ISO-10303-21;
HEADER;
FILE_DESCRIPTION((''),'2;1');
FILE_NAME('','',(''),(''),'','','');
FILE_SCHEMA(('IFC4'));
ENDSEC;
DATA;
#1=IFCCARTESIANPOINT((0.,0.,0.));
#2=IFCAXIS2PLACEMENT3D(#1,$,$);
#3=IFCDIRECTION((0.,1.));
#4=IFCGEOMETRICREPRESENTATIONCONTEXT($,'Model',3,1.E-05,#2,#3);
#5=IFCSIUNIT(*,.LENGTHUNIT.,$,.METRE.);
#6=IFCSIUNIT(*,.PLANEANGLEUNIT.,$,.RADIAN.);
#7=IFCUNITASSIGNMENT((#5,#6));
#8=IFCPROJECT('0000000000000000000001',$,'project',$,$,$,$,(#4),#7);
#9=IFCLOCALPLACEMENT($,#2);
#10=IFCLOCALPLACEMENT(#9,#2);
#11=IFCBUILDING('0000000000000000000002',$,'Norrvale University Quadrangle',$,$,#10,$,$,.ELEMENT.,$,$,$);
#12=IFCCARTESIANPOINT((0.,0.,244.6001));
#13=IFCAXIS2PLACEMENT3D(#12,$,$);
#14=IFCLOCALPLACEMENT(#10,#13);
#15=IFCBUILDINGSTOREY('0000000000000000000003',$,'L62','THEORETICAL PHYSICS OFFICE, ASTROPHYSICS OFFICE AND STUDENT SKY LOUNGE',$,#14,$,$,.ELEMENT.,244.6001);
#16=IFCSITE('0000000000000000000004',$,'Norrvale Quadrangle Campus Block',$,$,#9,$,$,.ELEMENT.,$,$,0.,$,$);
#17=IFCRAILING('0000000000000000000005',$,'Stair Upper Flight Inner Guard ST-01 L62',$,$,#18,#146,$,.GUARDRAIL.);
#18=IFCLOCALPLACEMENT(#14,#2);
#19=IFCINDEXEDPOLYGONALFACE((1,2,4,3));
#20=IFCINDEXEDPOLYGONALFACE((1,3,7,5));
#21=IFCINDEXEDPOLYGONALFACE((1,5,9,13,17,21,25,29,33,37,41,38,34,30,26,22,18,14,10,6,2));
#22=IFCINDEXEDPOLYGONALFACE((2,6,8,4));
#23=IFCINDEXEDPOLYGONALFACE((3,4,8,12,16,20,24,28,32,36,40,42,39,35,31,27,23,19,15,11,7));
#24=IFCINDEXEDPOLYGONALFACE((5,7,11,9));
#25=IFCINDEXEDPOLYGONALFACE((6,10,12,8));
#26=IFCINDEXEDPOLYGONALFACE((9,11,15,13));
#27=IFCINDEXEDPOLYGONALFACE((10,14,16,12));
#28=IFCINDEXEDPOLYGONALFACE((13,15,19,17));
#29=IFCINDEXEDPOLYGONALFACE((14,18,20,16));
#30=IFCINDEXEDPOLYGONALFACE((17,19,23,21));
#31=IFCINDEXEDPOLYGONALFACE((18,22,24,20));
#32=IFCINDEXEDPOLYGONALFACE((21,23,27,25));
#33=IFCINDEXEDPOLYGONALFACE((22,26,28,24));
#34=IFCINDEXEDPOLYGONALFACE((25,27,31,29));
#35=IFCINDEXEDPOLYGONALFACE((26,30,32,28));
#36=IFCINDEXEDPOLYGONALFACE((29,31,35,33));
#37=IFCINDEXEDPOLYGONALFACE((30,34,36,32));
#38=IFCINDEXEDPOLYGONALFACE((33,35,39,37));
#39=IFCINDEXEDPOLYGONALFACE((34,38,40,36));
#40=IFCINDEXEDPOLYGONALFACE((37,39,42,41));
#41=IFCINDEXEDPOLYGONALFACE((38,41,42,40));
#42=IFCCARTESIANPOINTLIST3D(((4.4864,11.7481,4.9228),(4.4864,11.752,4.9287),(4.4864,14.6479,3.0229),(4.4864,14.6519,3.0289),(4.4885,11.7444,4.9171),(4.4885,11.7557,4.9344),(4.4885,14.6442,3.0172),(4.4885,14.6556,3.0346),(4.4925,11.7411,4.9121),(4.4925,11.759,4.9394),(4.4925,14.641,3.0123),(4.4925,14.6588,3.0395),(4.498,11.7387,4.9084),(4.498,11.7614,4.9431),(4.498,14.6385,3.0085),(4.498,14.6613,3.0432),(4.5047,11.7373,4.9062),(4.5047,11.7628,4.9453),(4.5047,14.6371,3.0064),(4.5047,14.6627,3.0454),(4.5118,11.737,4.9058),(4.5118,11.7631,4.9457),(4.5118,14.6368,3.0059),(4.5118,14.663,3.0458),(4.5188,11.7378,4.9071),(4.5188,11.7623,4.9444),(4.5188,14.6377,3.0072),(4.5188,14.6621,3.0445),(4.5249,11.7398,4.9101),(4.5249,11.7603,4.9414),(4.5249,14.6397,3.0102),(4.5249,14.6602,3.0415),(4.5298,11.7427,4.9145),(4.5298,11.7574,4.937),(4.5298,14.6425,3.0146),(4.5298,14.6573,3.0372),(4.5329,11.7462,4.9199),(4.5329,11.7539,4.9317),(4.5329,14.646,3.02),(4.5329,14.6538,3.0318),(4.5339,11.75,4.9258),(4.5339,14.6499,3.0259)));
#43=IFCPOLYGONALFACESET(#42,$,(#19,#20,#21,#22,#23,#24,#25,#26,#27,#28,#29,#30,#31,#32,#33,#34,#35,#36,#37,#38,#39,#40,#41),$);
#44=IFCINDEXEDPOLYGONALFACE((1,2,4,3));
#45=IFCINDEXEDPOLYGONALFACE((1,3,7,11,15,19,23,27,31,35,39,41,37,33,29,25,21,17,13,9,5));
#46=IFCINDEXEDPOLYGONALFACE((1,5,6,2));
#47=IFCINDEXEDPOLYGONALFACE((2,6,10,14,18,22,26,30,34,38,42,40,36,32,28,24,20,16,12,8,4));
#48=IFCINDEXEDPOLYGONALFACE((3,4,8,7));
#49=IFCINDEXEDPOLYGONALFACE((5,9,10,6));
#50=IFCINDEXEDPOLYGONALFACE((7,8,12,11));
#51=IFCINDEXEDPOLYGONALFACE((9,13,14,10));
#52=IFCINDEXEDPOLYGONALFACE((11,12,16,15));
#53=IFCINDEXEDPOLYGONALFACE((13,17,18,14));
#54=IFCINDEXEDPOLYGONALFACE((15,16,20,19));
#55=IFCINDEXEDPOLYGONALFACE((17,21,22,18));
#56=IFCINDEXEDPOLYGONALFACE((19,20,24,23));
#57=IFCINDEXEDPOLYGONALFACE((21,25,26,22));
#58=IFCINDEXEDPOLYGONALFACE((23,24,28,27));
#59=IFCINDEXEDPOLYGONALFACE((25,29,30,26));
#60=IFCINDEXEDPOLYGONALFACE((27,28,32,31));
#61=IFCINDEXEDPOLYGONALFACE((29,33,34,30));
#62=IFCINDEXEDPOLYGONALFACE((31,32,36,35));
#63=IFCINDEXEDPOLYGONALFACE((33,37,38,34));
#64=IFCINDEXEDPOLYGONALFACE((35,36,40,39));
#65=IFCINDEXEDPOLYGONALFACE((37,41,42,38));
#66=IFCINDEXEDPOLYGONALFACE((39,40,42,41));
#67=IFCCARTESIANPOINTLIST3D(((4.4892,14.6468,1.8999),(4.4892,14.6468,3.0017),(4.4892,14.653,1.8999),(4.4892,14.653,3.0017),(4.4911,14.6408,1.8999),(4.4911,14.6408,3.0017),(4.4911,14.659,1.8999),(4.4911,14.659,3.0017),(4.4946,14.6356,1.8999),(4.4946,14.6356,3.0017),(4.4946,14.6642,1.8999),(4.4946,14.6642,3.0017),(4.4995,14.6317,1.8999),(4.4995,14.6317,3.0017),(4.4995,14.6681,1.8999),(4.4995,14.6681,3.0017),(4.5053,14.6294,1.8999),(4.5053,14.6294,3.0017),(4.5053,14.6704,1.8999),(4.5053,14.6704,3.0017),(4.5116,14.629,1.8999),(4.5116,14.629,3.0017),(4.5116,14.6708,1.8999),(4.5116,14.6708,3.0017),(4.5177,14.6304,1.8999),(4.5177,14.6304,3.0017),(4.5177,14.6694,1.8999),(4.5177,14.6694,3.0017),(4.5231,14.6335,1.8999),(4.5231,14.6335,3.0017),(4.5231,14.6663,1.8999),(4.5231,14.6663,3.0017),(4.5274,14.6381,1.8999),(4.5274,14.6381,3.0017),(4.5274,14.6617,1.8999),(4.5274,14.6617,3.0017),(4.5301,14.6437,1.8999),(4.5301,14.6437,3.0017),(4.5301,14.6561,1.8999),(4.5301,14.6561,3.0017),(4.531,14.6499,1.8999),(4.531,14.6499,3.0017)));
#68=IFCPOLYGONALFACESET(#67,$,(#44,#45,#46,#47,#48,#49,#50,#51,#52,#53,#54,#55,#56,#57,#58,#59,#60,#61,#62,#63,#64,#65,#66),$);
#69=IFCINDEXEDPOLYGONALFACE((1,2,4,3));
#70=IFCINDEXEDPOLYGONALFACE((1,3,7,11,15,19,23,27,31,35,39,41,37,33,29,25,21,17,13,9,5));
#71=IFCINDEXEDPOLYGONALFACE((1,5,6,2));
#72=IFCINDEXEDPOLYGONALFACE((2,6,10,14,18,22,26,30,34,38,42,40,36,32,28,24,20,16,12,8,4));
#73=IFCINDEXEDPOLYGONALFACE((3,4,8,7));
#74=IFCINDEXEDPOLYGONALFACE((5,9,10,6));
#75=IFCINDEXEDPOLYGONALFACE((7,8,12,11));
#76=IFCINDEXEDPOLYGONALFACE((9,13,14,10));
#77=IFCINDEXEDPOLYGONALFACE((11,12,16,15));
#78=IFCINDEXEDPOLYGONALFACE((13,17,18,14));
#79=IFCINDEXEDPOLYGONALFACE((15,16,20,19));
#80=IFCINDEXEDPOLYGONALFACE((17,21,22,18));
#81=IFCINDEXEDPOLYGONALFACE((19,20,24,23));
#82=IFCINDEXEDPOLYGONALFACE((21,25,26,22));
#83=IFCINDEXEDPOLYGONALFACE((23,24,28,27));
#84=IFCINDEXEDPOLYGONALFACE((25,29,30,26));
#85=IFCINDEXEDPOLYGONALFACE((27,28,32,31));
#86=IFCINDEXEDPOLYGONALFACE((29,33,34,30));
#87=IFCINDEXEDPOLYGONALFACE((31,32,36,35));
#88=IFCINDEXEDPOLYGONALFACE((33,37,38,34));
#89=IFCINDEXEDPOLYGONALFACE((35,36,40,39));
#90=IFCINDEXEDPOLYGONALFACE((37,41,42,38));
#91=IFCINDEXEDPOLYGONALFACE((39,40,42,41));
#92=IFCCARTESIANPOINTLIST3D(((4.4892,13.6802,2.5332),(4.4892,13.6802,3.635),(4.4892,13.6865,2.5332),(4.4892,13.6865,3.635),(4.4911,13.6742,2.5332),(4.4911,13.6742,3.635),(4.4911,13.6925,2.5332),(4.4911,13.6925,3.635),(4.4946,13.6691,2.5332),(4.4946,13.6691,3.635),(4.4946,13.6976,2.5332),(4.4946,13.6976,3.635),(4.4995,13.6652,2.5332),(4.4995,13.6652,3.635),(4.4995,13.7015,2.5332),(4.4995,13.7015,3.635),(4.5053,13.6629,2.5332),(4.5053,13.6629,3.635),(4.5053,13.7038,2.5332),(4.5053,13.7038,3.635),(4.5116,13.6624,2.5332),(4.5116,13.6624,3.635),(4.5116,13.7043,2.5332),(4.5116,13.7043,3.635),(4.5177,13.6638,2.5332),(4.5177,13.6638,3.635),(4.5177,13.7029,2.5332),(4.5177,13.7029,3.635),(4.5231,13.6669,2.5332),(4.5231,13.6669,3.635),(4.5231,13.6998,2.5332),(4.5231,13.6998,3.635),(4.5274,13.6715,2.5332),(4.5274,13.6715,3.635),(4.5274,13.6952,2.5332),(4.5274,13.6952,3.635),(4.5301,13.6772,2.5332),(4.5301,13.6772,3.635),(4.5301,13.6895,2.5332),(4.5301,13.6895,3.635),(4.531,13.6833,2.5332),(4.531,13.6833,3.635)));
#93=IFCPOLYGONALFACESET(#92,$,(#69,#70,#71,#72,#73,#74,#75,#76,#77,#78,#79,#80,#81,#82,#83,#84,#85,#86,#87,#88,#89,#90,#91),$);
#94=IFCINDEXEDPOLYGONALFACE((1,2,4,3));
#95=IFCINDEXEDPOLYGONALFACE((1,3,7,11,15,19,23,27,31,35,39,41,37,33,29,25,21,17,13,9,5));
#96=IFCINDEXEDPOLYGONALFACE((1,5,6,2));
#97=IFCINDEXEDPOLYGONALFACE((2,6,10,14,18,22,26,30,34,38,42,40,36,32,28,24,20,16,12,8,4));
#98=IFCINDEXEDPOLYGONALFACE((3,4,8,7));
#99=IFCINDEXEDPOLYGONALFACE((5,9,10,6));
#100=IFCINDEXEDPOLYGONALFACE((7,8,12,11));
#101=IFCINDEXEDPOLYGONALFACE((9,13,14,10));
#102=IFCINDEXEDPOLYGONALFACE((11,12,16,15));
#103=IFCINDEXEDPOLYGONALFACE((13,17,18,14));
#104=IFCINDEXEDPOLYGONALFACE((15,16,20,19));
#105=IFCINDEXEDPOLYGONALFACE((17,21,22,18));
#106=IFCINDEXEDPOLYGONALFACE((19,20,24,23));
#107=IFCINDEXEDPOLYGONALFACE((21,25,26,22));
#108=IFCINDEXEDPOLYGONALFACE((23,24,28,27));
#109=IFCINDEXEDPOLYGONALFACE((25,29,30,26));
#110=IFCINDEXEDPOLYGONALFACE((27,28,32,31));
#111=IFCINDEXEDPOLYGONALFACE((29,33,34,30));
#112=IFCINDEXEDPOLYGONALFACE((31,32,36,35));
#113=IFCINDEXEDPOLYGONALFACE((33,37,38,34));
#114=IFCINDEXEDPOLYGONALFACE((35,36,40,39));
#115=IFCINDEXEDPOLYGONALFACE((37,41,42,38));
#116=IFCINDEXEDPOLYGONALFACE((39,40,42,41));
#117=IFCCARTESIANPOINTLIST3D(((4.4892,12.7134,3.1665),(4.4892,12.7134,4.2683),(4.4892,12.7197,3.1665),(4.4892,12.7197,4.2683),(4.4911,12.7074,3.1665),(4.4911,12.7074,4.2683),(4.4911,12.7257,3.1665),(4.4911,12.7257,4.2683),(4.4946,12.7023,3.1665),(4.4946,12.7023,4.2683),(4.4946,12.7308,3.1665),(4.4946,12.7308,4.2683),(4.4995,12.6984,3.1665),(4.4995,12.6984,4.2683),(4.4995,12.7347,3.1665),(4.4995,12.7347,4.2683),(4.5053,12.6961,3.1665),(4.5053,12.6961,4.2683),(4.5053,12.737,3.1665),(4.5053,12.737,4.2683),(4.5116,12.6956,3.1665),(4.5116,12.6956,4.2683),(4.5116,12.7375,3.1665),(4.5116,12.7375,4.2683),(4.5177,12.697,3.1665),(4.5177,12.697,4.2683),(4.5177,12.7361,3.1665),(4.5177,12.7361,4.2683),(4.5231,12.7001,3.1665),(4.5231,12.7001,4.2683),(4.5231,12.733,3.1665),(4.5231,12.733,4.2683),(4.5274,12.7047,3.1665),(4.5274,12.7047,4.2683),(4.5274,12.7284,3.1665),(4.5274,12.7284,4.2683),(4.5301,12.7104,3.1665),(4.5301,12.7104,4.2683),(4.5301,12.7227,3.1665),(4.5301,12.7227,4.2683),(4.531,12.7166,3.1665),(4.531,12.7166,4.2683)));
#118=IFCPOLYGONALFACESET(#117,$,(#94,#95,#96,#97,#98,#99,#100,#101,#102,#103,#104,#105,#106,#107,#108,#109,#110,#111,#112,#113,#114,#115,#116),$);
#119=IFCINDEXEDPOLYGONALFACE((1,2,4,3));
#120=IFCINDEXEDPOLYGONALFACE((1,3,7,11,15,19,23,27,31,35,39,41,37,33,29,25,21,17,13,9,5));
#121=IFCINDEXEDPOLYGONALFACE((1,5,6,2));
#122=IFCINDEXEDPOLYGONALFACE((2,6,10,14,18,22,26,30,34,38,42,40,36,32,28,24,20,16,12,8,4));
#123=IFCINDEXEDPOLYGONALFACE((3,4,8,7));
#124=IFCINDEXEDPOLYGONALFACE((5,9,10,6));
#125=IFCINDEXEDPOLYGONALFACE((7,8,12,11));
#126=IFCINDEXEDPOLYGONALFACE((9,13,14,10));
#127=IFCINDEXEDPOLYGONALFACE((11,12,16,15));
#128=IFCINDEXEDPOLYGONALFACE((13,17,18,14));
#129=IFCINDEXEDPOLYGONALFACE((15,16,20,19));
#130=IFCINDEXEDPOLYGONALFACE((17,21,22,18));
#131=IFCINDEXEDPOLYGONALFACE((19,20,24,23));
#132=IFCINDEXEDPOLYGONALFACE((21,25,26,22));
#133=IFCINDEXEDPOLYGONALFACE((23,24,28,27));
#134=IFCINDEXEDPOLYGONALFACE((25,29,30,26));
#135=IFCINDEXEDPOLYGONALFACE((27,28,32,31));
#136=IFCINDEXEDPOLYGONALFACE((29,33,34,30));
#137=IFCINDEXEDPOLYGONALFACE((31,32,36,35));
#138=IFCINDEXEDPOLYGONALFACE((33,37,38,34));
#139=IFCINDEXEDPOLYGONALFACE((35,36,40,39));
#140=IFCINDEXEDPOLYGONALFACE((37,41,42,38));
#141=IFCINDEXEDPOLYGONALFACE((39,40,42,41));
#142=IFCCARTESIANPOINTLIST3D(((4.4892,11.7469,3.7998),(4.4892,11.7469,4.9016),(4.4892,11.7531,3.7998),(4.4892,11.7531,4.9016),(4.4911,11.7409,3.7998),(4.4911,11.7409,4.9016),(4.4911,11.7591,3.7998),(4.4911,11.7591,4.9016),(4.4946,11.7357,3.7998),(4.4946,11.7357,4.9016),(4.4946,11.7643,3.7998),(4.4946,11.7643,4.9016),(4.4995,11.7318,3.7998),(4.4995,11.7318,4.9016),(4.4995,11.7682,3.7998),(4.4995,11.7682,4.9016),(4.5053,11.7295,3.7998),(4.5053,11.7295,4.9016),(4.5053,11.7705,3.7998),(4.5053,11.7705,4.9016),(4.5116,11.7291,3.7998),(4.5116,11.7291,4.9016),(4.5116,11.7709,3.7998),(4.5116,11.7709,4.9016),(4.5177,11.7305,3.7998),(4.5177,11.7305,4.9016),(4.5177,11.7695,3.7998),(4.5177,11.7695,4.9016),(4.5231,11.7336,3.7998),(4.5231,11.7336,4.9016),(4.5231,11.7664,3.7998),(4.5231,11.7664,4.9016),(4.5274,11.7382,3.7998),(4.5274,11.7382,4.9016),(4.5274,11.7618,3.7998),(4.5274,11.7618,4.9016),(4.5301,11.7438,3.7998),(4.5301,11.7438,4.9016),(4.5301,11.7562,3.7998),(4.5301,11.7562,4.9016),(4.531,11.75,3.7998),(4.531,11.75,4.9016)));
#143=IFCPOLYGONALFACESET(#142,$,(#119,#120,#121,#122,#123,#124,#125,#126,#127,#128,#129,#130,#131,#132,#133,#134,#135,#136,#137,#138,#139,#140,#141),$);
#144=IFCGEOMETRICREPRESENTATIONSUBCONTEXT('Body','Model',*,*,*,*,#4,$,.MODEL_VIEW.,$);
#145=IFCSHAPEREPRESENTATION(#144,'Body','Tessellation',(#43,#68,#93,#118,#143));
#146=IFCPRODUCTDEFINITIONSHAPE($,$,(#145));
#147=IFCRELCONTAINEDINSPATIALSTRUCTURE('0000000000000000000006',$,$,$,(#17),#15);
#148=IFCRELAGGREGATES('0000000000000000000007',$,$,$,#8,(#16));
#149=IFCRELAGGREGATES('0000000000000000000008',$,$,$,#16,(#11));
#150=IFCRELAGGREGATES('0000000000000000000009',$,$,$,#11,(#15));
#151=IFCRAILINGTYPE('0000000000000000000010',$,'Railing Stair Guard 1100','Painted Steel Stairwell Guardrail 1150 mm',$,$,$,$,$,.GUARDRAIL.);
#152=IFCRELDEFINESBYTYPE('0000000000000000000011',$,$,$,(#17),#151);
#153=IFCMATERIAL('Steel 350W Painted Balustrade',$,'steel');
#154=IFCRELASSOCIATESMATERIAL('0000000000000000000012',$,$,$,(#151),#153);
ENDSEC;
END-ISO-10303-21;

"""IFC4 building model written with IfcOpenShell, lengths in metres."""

from ifc_helpers import new_model, si_unit, direction, frame, origin, origin_2d, place, context, subcontext, project, spatial, circle, extrude, material, type_object, element, save


model = new_model("IFC4")

# Units and contexts
model_context = context("Model", 3, precision=1e-05, world=origin(), true_north=direction((0.0, 1.0)))
body_context = subcontext(model_context, "Body", "Model", "MODEL_VIEW")
ifc_project = project(units=[si_unit("LENGTHUNIT", "METRE"), si_unit("PLANEANGLEUNIT", "RADIAN")], contexts=[model_context])

# Site, building, storey
site_placement = place(None, origin())
site = spatial("IfcSite", under=ifc_project, at=site_placement, Name="Norrvale Quadrangle Campus Block", CompositionType="ELEMENT", RefElevation=0.0)
building_placement = place(site_placement, origin())
building = spatial("IfcBuilding", under=site, at=building_placement, Name="Norrvale University Quadrangle", CompositionType="ELEMENT")
storey_placement = place(building_placement, frame((0.0, 0.0, 244.6001)))
storey = spatial("IfcBuildingStorey", under=building, at=storey_placement, Name="L62", Description="THEORETICAL PHYSICS OFFICE, ASTROPHYSICS OFFICE AND STUDENT SKY LOUNGE", CompositionType="ELEMENT", Elevation=244.6001)

# Railing
ifc_material_1 = material(Name="Steel 350W Painted Balustrade", Category="steel")
railing_type_1 = type_object("IfcRailingType", Name="Railing Stair Guard 1100", Description="Painted Steel Stairwell Guardrail 1150 mm", PredefinedType="GUARDRAIL", material=ifc_material_1)
railing_1_placement = place(storey_placement, frame((4.51, 14.6499, 1.8999)))
element("IfcRailing", 1, at=railing_1_placement, inside=storey, type_object=railing_type_1, Name="Stair Upper Flight Inner Guard ST-01 L62", PredefinedType="GUARDRAIL", context=body_context, shape_type="SweptSolid", body=[
    extrude(circle(Radius=0.0239, at=origin_2d()), frame((0.0, 0.0, 1.126), z_axis=(0.0, -0.836466, 0.548019), x_axis=(1.0, 0.0, 0.0)), (0.0, 0.0, 1.0), 3.4668),
    extrude(circle(Radius=0.021, at=origin_2d()), origin(), (0.0, 0.0, 1.0), 1.1018),
    extrude(circle(Radius=0.021, at=origin_2d()), frame((0.0, -0.9666, 0.6333)), (0.0, 0.0, 1.0), 1.1018),
    extrude(circle(Radius=0.021, at=origin_2d()), frame((0.0, -1.9333, 1.2666)), (0.0, 0.0, 1.0), 1.1018),
    extrude(circle(Radius=0.021, at=origin_2d()), frame((0.0, -2.8999, 1.8999)), (0.0, 0.0, 1.0), 1.1018),
])

save(model, "model.ifc")
